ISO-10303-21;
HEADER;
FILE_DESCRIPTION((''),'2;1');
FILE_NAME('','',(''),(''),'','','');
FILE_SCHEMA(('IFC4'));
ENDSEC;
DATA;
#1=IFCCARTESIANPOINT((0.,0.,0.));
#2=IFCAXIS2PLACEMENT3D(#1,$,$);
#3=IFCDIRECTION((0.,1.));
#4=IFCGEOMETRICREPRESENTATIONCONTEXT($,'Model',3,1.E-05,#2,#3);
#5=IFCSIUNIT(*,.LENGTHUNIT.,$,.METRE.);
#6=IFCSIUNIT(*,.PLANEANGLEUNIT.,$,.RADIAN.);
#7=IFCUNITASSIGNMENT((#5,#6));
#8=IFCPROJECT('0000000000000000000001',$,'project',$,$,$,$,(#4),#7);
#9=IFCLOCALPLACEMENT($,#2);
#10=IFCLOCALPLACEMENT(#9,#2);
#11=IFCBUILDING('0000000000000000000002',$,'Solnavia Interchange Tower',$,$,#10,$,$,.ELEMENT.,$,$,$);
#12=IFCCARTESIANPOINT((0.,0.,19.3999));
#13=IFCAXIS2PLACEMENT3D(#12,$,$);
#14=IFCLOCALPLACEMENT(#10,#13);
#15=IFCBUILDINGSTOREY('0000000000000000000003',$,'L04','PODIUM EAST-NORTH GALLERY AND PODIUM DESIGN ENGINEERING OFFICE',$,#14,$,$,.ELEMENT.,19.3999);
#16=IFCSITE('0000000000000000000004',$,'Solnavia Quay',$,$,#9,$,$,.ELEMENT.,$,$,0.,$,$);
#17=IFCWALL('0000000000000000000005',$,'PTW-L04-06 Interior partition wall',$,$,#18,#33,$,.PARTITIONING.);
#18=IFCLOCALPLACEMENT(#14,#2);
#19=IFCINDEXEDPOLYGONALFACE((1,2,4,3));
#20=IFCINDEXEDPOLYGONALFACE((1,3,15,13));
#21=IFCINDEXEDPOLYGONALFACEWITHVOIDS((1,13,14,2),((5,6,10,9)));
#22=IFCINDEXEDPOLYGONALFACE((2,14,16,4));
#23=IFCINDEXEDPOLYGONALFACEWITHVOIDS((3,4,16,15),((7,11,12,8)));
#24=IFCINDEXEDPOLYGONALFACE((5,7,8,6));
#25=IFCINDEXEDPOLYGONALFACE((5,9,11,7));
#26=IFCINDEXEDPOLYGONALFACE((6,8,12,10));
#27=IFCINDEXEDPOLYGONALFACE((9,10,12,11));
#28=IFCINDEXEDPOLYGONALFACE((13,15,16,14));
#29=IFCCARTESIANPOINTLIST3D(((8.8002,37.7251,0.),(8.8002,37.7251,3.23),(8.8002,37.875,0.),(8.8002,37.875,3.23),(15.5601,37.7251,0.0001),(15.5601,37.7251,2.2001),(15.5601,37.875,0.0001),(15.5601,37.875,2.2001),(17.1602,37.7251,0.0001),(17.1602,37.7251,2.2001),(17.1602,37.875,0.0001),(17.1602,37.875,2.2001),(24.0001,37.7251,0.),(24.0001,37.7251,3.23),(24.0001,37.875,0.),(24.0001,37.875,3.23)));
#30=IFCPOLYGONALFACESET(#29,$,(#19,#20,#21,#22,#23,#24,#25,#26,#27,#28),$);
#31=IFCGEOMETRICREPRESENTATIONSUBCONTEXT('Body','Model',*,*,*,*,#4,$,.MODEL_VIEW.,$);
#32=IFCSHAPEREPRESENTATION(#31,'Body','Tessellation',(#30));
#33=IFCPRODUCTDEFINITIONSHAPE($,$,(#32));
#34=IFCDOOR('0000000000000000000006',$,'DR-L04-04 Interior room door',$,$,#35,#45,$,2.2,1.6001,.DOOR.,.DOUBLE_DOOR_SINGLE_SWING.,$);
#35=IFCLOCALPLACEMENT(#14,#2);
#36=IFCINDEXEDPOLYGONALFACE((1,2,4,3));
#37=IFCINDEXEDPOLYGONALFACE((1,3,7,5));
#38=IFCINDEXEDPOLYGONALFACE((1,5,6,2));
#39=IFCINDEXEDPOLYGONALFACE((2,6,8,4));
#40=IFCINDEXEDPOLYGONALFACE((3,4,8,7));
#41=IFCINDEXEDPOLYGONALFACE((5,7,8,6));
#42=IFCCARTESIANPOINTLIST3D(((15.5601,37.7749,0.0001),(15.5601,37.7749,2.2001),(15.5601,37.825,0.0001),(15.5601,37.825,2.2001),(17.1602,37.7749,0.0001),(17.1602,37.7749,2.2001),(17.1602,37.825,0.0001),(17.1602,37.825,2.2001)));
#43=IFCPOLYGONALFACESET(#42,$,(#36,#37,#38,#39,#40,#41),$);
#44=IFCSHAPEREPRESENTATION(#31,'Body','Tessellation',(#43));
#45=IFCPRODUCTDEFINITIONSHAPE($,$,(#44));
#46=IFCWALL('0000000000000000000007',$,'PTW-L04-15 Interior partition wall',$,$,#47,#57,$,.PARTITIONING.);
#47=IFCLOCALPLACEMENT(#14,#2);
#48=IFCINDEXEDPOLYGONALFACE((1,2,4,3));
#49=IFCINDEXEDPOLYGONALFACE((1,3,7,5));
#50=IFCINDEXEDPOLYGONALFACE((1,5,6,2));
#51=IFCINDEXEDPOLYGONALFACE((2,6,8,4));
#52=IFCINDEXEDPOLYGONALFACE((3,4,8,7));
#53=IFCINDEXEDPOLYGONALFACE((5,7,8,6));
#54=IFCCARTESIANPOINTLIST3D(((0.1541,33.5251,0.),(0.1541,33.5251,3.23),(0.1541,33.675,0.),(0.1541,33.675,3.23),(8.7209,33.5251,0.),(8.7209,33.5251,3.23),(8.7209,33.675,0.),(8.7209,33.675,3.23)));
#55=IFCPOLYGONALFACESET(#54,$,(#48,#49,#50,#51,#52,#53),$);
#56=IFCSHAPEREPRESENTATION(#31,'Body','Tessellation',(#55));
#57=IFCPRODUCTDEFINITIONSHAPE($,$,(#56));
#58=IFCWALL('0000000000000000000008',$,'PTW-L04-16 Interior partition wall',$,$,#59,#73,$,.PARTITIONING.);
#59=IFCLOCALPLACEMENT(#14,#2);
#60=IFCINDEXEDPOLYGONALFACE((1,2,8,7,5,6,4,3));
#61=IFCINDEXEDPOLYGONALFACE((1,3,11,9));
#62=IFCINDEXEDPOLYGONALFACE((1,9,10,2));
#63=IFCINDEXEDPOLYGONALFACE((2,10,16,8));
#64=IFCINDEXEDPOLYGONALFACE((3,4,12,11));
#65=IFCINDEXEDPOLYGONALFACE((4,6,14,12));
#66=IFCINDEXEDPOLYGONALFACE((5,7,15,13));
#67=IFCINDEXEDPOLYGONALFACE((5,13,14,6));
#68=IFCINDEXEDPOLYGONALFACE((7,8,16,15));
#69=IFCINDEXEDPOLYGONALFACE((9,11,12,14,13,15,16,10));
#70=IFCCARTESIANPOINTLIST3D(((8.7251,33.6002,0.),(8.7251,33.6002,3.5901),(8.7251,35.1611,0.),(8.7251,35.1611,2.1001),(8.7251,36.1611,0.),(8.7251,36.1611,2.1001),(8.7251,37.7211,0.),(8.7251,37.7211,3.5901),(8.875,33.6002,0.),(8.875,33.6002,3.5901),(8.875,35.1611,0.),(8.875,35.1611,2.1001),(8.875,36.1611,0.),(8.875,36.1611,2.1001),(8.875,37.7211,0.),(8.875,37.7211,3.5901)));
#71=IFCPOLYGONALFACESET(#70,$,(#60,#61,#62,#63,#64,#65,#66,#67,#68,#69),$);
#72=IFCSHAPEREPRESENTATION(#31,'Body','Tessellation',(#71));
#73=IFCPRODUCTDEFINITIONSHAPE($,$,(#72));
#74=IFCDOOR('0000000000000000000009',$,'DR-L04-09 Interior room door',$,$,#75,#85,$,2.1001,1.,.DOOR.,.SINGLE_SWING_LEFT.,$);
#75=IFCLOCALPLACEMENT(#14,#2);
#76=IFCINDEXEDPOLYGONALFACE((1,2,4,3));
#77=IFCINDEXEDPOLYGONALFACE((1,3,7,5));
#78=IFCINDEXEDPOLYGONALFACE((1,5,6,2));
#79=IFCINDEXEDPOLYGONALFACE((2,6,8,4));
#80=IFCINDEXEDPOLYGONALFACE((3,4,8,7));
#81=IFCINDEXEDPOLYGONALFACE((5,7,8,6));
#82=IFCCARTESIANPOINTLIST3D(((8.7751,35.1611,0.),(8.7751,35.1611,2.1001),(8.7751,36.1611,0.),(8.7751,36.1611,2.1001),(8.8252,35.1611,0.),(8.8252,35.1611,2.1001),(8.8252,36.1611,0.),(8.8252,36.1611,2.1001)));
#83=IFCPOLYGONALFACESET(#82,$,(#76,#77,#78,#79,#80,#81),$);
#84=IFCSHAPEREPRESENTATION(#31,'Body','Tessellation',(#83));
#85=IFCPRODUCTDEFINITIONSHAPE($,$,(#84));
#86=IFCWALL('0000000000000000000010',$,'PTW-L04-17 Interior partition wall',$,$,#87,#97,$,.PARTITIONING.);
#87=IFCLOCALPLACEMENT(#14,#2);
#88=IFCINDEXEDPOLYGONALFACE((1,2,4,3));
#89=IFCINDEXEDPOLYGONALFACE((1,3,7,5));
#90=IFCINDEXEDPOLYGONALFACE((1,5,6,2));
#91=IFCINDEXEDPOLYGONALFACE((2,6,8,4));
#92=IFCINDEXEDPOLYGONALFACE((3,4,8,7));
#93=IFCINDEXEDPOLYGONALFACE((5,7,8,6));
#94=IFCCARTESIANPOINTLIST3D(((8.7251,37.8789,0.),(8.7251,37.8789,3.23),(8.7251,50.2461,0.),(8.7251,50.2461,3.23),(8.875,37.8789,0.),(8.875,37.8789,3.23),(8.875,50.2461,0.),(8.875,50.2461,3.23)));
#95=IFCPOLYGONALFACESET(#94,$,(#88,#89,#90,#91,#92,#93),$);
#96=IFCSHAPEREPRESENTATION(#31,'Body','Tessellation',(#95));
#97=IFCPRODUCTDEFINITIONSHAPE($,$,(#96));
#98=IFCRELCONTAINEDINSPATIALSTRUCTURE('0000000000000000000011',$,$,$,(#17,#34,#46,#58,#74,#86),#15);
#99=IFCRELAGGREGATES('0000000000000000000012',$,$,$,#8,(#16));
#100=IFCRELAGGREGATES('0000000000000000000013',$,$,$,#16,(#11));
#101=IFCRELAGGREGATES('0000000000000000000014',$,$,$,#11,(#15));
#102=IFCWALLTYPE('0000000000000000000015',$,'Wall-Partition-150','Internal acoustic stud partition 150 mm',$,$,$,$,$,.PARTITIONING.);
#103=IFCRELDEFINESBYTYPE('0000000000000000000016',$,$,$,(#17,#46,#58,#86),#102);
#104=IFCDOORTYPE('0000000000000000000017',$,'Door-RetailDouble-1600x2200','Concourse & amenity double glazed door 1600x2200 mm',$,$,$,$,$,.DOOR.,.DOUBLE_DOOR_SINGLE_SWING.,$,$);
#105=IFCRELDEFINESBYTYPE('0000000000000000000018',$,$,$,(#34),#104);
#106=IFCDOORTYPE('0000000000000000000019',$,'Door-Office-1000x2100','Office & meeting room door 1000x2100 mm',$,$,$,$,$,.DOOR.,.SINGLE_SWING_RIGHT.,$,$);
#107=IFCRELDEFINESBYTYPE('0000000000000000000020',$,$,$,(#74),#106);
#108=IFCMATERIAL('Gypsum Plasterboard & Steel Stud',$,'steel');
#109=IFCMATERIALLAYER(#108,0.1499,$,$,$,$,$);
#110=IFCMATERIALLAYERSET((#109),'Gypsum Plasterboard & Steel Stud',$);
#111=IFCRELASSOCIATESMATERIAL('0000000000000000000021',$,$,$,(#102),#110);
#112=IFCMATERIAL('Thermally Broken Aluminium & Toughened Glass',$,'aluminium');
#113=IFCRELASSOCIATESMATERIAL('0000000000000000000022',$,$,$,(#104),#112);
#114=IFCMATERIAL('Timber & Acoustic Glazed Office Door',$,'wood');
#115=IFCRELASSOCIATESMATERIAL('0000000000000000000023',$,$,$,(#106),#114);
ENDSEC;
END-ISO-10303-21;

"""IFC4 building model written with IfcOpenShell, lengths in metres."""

from ifc_helpers import new_model, si_unit, direction, frame, frame_2d, origin, place, context, subcontext, project, spatial, rectangle, extrude, material, layer, layer_set, type_object, element, fill, save


model = new_model("IFC4")

# Units and contexts
model_context = context("Model", 3, precision=1e-05, world=origin(), true_north=direction((0.0, 1.0)))
body_context = subcontext(model_context, "Body", "Model", "MODEL_VIEW")
ifc_project = project(units=[si_unit("LENGTHUNIT", "METRE"), si_unit("PLANEANGLEUNIT", "RADIAN")], contexts=[model_context])

# Site, building, storey
site_placement = place(None, origin())
site = spatial("IfcSite", under=ifc_project, at=site_placement, Name="Solnavia Quay", CompositionType="ELEMENT", RefElevation=0.0)
building_placement = place(site_placement, origin())
building = spatial("IfcBuilding", under=site, at=building_placement, Name="Solnavia Interchange Tower", CompositionType="ELEMENT")
storey_placement = place(building_placement, frame((0.0, 0.0, 19.3999)))
storey = spatial("IfcBuildingStorey", under=building, at=storey_placement, Name="L04", Description="PODIUM EAST-NORTH GALLERY AND PODIUM DESIGN ENGINEERING OFFICE", CompositionType="ELEMENT", Elevation=19.3999)

# Wall, opening, door
ifc_material_1 = material(Name="Gypsum Plasterboard & Steel Stud", Category="steel")
ifc_layer_1 = layer(ifc_material_1, 0.1499)
ifc_layer_set_1 = layer_set([ifc_layer_1], Name="Gypsum Plasterboard & Steel Stud")
wall_type_1 = type_object("IfcWallType", Name="Wall-Partition-150", Description="Internal acoustic stud partition 150 mm", PredefinedType="PARTITIONING", material=ifc_layer_set_1)
wall_1_placement = place(storey_placement, frame((8.8, 37.8, 0.0), z_axis=(0.0, 0.0, 1.0), x_axis=(1.0, 0.0, 0.0)))
wall_1 = element("IfcWall", 1, at=wall_1_placement, inside=storey, type_object=wall_type_1, Name="PTW-L04-06 Interior partition wall", PredefinedType="PARTITIONING", context=body_context, shape_type="SweptSolid", body=[
    extrude(rectangle(XDim=15.2, YDim=0.1499, at=frame_2d((7.6001, 0.0))), origin(), (0.0, 0.0, 1.0), 3.23),
])
opening_1_placement = place(wall_1_placement, frame((6.76, 0.0, 0.0)))
opening_1 = element("IfcOpeningElement", 2, at=opening_1_placement, cuts=wall_1, PredefinedType="OPENING", context=body_context, shape_type="SweptSolid", body=[
    extrude(rectangle(XDim=1.6001, YDim=2.2, at=frame_2d((0.8, 1.1001))), frame((0.0, 0.085, 0.0), z_axis=(0.0, -1.0, 0.0), x_axis=(1.0, 0.0, 0.0)), (0.0, 0.0, 1.0), 0.1699),
])
ifc_material_2 = material(Name="Thermally Broken Aluminium & Toughened Glass", Category="aluminium")
door_type_1 = type_object("IfcDoorType", Name="Door-RetailDouble-1600x2200", Description="Concourse & amenity double glazed door 1600x2200 mm", OperationType="DOUBLE_DOOR_SINGLE_SWING", PredefinedType="DOOR", material=ifc_material_2)
door_1_placement = place(opening_1_placement, origin())
door_1 = element("IfcDoor", 3, at=door_1_placement, inside=storey, type_object=door_type_1, Name="DR-L04-04 Interior room door", OperationType="DOUBLE_DOOR_SINGLE_SWING", OverallHeight=2.2, OverallWidth=1.6001, PredefinedType="DOOR", context=body_context, shape_type="SweptSolid", body=[
    extrude(rectangle(XDim=1.6001, YDim=2.2, at=frame_2d((0.8, 1.1001))), frame((0.0, 0.0249, 0.0), z_axis=(0.0, -1.0, 0.0), x_axis=(1.0, 0.0, 0.0)), (0.0, 0.0, 1.0), 0.05),
])
fill(opening_1, door_1)

# Wall
wall_2_placement = place(storey_placement, frame((0.1541, 33.6001, 0.0), z_axis=(0.0, 0.0, 1.0), x_axis=(1.0, 0.0, 0.0)))
element("IfcWall", 4, at=wall_2_placement, inside=storey, type_object=wall_type_1, Name="PTW-L04-15 Interior partition wall", PredefinedType="PARTITIONING", context=body_context, shape_type="SweptSolid", body=[
    extrude(rectangle(XDim=8.5669, YDim=0.1499, at=frame_2d((4.2834, 0.0))), origin(), (0.0, 0.0, 1.0), 3.23),
])

# Wall, opening, door
wall_3_placement = place(storey_placement, frame((8.8, 33.6001, 0.0), z_axis=(0.0, 0.0, 1.0), x_axis=(0.0, 1.0, 0.0)))
wall_3 = element("IfcWall", 5, at=wall_3_placement, inside=storey, type_object=wall_type_1, Name="PTW-L04-16 Interior partition wall", PredefinedType="PARTITIONING", context=body_context, shape_type="SweptSolid", body=[
    extrude(rectangle(XDim=4.1208, YDim=0.1499, at=frame_2d((2.0605, 0.0))), origin(), (0.0, 0.0, 1.0), 3.5901),
])
opening_2_placement = place(wall_3_placement, frame((1.561, 0.0, 0.0)))
opening_2 = element("IfcOpeningElement", 6, at=opening_2_placement, cuts=wall_3, PredefinedType="OPENING", context=body_context, shape_type="SweptSolid", body=[
    extrude(rectangle(XDim=1.0, YDim=2.1001, at=frame_2d((0.5, 1.05))), frame((0.0, 0.085, 0.0), z_axis=(0.0, -1.0, 0.0), x_axis=(1.0, 0.0, 0.0)), (0.0, 0.0, 1.0), 0.1699),
])
ifc_material_3 = material(Name="Timber & Acoustic Glazed Office Door", Category="wood")
door_type_2 = type_object("IfcDoorType", Name="Door-Office-1000x2100", Description="Office & meeting room door 1000x2100 mm", OperationType="SINGLE_SWING_RIGHT", PredefinedType="DOOR", material=ifc_material_3)
door_2_placement = place(opening_2_placement, origin())
door_2 = element("IfcDoor", 7, at=door_2_placement, inside=storey, type_object=door_type_2, Name="DR-L04-09 Interior room door", OperationType="SINGLE_SWING_LEFT", OverallHeight=2.1001, OverallWidth=1.0, PredefinedType="DOOR", context=body_context, shape_type="SweptSolid", body=[
    extrude(rectangle(XDim=1.0, YDim=2.1001, at=frame_2d((0.5, 1.05))), frame((0.0, 0.0249, 0.0), z_axis=(0.0, -1.0, 0.0), x_axis=(1.0, 0.0, 0.0)), (0.0, 0.0, 1.0), 0.05),
])
fill(opening_2, door_2)

# Wall
wall_4_placement = place(storey_placement, frame((8.8, 37.8789, 0.0), z_axis=(0.0, 0.0, 1.0), x_axis=(0.0, 1.0, 0.0)))
element("IfcWall", 8, at=wall_4_placement, inside=storey, type_object=wall_type_1, Name="PTW-L04-17 Interior partition wall", PredefinedType="PARTITIONING", context=body_context, shape_type="SweptSolid", body=[
    extrude(rectangle(XDim=12.3672, YDim=0.1499, at=frame_2d((6.1836, 0.0))), origin(), (0.0, 0.0, 1.0), 3.23),
])

save(model, "model.ifc")
